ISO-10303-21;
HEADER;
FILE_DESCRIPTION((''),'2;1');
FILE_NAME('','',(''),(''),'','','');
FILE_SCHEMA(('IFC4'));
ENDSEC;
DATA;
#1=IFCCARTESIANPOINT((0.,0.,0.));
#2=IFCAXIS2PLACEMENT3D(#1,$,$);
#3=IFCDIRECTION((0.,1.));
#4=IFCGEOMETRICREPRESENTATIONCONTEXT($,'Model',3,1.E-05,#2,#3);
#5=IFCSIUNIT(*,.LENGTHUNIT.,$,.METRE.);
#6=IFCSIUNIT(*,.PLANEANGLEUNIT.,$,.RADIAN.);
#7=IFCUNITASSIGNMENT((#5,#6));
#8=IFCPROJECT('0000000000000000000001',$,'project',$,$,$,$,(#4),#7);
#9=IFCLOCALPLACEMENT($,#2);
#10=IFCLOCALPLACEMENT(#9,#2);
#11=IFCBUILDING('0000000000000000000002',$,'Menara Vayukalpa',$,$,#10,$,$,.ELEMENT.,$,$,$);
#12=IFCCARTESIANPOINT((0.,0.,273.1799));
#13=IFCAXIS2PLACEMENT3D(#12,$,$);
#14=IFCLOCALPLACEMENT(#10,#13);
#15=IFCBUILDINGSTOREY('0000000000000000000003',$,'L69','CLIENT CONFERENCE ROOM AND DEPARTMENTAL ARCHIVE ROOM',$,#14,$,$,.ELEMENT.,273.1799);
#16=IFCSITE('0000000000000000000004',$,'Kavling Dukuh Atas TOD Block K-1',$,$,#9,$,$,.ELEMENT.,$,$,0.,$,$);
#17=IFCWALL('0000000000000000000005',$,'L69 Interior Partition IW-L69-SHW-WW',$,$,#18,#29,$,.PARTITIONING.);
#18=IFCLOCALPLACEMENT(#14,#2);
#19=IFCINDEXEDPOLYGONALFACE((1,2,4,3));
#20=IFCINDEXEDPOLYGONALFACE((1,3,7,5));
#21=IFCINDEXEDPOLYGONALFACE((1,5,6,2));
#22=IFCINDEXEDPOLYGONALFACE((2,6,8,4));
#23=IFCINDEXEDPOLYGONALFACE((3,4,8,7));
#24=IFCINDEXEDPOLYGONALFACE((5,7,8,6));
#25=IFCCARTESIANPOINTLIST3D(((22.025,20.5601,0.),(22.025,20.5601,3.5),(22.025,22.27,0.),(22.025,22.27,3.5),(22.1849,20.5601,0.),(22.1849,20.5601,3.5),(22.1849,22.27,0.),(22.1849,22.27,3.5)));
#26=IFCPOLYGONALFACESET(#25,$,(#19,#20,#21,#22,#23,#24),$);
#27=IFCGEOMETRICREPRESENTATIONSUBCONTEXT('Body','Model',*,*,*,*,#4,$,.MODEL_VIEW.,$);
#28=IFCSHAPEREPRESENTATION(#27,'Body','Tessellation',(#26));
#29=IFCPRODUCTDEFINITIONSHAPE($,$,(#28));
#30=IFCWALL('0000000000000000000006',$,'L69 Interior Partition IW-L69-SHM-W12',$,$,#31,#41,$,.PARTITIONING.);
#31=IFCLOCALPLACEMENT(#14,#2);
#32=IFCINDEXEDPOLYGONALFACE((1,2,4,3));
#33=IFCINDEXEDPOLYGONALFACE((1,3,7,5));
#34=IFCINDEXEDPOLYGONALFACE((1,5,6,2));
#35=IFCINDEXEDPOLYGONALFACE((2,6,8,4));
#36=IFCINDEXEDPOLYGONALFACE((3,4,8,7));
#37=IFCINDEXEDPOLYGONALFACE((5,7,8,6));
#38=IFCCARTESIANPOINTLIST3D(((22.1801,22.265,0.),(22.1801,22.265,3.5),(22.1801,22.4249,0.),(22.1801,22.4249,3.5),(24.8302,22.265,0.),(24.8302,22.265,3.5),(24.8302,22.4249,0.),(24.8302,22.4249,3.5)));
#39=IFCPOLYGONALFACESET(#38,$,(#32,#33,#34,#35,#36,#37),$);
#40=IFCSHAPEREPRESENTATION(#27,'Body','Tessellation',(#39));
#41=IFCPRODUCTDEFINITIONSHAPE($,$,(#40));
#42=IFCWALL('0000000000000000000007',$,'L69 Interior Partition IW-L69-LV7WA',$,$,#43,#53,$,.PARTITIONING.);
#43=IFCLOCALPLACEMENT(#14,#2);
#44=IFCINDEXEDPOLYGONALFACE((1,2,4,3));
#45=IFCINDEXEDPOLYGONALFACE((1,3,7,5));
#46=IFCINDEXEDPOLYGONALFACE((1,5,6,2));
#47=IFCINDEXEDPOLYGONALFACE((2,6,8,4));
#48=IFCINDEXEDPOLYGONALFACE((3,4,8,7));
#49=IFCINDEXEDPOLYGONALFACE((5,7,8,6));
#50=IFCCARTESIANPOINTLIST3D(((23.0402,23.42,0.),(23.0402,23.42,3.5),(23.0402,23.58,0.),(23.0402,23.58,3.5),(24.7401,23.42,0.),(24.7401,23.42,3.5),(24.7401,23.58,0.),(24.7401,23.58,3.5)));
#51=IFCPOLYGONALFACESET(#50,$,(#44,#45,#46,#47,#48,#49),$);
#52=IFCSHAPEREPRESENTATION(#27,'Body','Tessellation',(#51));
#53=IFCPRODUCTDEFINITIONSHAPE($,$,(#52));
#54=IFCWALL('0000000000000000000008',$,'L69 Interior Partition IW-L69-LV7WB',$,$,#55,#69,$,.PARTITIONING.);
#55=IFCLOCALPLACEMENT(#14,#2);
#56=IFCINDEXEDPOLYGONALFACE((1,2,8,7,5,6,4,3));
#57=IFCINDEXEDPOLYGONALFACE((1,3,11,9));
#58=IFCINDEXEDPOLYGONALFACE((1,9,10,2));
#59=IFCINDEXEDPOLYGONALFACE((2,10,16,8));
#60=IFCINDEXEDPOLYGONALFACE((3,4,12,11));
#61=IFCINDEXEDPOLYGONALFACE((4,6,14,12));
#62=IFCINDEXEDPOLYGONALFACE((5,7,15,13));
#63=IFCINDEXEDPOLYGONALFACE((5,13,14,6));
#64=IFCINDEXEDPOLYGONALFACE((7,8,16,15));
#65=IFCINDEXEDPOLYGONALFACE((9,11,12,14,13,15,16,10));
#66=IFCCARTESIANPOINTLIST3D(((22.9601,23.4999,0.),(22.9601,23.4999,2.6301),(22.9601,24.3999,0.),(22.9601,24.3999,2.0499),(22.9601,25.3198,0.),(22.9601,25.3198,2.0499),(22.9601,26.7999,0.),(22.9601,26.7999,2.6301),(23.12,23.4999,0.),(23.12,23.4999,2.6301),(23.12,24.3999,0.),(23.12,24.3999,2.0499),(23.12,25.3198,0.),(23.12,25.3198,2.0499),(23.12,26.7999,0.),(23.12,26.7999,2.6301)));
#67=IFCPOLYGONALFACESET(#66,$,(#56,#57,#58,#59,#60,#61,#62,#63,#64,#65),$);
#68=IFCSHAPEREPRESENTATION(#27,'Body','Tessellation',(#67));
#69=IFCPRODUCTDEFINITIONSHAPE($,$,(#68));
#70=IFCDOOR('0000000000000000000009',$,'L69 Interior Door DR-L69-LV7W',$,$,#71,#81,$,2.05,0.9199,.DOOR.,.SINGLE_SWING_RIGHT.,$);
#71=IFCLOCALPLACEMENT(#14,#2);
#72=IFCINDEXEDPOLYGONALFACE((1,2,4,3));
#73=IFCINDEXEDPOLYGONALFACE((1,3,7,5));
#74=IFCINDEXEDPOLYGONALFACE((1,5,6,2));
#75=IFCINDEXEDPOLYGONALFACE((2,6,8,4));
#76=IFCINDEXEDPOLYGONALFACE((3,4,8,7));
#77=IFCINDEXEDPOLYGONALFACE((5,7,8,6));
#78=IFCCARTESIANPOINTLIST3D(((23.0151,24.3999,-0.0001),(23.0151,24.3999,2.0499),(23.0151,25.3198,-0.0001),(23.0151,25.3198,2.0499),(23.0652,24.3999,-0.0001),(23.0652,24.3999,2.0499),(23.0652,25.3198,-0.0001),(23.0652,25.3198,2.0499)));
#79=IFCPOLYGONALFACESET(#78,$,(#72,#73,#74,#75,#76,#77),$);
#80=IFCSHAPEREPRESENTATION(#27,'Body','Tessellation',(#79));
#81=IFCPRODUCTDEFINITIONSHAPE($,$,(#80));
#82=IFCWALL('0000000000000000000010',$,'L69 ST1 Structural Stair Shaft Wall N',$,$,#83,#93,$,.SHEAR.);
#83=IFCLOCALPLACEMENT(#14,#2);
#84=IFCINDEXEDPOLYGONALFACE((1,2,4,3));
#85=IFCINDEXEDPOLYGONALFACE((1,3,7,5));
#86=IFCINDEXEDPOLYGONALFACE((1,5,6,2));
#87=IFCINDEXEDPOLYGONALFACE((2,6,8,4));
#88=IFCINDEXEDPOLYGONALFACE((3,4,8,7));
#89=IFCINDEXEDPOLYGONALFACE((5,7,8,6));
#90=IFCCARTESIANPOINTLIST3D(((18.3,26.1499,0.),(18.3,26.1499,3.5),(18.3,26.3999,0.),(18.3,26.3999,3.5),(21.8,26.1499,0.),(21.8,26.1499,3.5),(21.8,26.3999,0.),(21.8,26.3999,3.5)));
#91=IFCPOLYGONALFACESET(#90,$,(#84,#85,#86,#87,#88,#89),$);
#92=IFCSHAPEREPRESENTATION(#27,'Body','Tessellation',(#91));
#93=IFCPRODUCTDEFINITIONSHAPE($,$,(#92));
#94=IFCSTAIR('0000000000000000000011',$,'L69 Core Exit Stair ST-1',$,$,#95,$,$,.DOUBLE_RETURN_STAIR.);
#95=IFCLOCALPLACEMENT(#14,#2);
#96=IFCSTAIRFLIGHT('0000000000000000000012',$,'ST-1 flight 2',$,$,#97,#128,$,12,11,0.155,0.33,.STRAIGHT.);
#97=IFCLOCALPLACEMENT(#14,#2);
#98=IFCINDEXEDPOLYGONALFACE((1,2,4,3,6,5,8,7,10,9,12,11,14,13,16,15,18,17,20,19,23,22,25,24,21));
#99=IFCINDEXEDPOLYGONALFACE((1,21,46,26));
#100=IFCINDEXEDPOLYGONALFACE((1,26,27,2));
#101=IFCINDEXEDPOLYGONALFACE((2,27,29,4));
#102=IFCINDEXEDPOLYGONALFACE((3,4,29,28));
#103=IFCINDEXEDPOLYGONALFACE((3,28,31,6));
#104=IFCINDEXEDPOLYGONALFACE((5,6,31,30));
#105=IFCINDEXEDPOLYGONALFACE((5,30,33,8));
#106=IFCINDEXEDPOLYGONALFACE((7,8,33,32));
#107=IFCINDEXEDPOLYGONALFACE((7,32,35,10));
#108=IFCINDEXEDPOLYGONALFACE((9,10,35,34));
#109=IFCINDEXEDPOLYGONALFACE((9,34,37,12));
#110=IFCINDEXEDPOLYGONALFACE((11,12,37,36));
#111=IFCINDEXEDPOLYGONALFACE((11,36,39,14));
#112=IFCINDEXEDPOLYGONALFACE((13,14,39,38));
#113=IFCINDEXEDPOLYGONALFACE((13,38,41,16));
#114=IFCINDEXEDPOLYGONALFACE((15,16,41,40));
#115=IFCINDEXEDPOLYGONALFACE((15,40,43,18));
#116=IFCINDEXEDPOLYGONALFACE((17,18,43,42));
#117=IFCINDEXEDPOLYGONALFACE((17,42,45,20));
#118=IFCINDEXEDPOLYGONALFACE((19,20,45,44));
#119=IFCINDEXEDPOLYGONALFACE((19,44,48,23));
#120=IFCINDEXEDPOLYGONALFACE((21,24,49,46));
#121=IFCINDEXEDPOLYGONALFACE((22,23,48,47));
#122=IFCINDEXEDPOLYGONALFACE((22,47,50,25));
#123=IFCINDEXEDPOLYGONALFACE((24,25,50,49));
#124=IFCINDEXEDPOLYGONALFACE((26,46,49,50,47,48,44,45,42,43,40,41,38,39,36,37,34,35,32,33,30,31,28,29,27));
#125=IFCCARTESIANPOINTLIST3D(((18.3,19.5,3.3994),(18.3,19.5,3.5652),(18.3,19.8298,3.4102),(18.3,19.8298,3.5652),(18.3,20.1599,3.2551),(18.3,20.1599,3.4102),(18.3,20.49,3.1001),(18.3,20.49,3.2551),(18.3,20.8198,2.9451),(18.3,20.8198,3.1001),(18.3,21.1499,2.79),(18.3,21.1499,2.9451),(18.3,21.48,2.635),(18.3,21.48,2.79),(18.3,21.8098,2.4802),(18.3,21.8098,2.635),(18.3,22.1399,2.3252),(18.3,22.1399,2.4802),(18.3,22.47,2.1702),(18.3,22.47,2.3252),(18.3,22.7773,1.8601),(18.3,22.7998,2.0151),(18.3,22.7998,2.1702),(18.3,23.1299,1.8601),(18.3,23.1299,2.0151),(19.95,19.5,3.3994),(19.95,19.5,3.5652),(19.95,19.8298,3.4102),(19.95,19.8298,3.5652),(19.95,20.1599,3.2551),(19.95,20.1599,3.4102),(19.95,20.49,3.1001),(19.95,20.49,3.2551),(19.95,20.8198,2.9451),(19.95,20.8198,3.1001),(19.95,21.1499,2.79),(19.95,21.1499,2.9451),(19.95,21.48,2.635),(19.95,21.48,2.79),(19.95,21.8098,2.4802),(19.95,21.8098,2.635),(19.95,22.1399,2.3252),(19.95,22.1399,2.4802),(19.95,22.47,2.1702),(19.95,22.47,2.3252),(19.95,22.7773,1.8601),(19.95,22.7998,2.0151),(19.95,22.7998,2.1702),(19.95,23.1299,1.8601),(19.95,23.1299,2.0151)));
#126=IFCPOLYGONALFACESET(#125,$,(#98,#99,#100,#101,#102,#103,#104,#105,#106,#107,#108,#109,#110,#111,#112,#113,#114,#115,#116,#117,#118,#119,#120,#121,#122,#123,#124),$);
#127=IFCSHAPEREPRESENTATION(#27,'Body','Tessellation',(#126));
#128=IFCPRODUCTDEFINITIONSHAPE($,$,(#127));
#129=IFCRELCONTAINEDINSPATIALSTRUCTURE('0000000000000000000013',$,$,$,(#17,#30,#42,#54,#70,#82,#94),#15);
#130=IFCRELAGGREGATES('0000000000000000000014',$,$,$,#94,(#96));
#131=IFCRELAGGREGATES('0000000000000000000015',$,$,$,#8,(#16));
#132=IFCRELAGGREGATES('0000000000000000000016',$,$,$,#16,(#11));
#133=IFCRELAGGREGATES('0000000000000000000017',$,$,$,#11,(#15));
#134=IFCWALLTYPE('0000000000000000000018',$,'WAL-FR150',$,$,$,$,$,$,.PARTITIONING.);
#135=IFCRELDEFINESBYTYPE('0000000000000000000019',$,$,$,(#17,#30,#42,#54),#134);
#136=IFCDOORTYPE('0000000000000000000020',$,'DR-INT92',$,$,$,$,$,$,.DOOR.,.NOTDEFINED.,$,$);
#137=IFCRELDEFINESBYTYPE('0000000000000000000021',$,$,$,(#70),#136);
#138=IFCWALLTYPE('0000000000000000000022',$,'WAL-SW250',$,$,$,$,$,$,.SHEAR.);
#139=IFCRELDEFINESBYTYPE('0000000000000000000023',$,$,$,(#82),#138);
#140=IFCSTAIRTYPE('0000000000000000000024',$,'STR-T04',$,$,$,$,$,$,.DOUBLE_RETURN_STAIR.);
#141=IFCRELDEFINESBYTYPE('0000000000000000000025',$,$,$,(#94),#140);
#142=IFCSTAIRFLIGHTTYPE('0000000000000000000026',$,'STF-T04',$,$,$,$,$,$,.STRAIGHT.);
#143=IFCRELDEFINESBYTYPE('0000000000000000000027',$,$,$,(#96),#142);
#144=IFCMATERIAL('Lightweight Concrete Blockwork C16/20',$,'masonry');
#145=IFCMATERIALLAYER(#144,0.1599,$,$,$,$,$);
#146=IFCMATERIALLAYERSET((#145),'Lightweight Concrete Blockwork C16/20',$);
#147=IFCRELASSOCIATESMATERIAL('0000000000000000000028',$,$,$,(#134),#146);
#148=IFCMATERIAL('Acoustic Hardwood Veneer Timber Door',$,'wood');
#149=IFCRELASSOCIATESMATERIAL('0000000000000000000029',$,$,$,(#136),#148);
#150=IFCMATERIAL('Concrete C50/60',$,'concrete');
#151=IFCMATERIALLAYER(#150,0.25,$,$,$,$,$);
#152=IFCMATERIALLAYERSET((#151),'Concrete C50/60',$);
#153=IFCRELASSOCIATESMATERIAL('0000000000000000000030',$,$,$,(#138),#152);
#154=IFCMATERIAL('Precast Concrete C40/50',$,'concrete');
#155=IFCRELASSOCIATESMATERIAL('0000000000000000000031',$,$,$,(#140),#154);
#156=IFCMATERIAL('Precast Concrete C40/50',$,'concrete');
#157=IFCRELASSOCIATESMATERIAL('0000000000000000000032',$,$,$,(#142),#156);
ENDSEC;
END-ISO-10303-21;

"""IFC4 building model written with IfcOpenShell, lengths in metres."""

from ifc_helpers import new_model, si_unit, direction, frame, frame_2d, origin, place, context, subcontext, project, spatial, polyline, rectangle, outline, extrude, material, layer, layer_set, type_object, element, fill, aggregate, save


model = new_model("IFC4")

# Units and contexts
model_context = context("Model", 3, precision=1e-05, world=origin(), true_north=direction((0.0, 1.0)))
body_context = subcontext(model_context, "Body", "Model", "MODEL_VIEW")
ifc_project = project(units=[si_unit("LENGTHUNIT", "METRE"), si_unit("PLANEANGLEUNIT", "RADIAN")], contexts=[model_context])

# Site, building, storey
site_placement = place(None, origin())
site = spatial("IfcSite", under=ifc_project, at=site_placement, Name="Kavling Dukuh Atas TOD Block K-1", CompositionType="ELEMENT", RefElevation=0.0)
building_placement = place(site_placement, origin())
building = spatial("IfcBuilding", under=site, at=building_placement, Name="Menara Vayukalpa", CompositionType="ELEMENT")
storey_placement = place(building_placement, frame((0.0, 0.0, 273.1799)))
storey = spatial("IfcBuildingStorey", under=building, at=storey_placement, Name="L69", Description="CLIENT CONFERENCE ROOM AND DEPARTMENTAL ARCHIVE ROOM", CompositionType="ELEMENT", Elevation=273.1799)

# Walls
ifc_material_1 = material(Name="Lightweight Concrete Blockwork C16/20", Category="masonry")
ifc_layer_1 = layer(ifc_material_1, 0.1599)
ifc_layer_set_1 = layer_set([ifc_layer_1], Name="Lightweight Concrete Blockwork C16/20")
wall_type_1 = type_object("IfcWallType", Name="WAL-FR150", PredefinedType="PARTITIONING", material=ifc_layer_set_1)
wall_1_placement = place(storey_placement, frame((22.105, 20.5601, 0.0), z_axis=(0.0, 0.0, 1.0), x_axis=(0.0, 1.0, 0.0)))
element("IfcWall", 1, at=wall_1_placement, inside=storey, type_object=wall_type_1, Name="L69 Interior Partition IW-L69-SHW-WW", PredefinedType="PARTITIONING", context=body_context, shape_type="SweptSolid", body=[
    extrude(rectangle(XDim=1.71, YDim=0.1599, at=frame_2d((0.855, 0.0))), origin(), (0.0, 0.0, 1.0), 3.5),
])
wall_2_placement = place(storey_placement, frame((22.1799, 22.345, 0.0), z_axis=(0.0, 0.0, 1.0), x_axis=(1.0, 0.0, 0.0)))
element("IfcWall", 2, at=wall_2_placement, inside=storey, type_object=wall_type_1, Name="L69 Interior Partition IW-L69-SHM-W12", PredefinedType="PARTITIONING", context=body_context, shape_type="SweptSolid", body=[
    extrude(rectangle(XDim=2.6501, YDim=0.1599, at=frame_2d((1.3252, 0.0))), origin(), (0.0, 0.0, 1.0), 3.5),
])
wall_3_placement = place(storey_placement, frame((23.04, 23.5, 0.0), z_axis=(0.0, 0.0, 1.0), x_axis=(1.0, 0.0, 0.0)))
element("IfcWall", 3, at=wall_3_placement, inside=storey, type_object=wall_type_1, Name="L69 Interior Partition IW-L69-LV7WA", PredefinedType="PARTITIONING", context=body_context, shape_type="SweptSolid", body=[
    extrude(rectangle(XDim=1.7, YDim=0.1599, at=frame_2d((0.8501, 0.0))), origin(), (0.0, 0.0, 1.0), 3.5),
])

# Wall, opening, door
wall_4_placement = place(storey_placement, frame((23.04, 23.5, 0.0), z_axis=(0.0, 0.0, 1.0), x_axis=(0.0, 1.0, 0.0)))
wall_4 = element("IfcWall", 4, at=wall_4_placement, inside=storey, type_object=wall_type_1, Name="L69 Interior Partition IW-L69-LV7WB", PredefinedType="PARTITIONING", context=body_context, shape_type="SweptSolid", body=[
    extrude(rectangle(XDim=3.3, YDim=0.1599, at=frame_2d((1.6499, 0.0))), origin(), (0.0, 0.0, 1.0), 2.6301),
])
opening_placement = place(wall_4_placement, frame((0.8999, 0.0, 0.0)))
opening = element("IfcOpeningElement", 5, at=opening_placement, cuts=wall_4, PredefinedType="OPENING", context=body_context, shape_type="SweptSolid", body=[
    extrude(rectangle(XDim=0.9199, YDim=2.05, at=frame_2d((0.46, 1.0249))), frame((0.0, 0.0898, 0.0), z_axis=(0.0, -1.0, 0.0), x_axis=(1.0, 0.0, 0.0)), (0.0, 0.0, 1.0), 0.1799),
])
ifc_material_2 = material(Name="Acoustic Hardwood Veneer Timber Door", Category="wood")
door_type = type_object("IfcDoorType", Name="DR-INT92", OperationType="NOTDEFINED", PredefinedType="DOOR", material=ifc_material_2)
door_placement = place(opening_placement, origin())
door = element("IfcDoor", 6, at=door_placement, inside=storey, type_object=door_type, Name="L69 Interior Door DR-L69-LV7W", OperationType="SINGLE_SWING_RIGHT", OverallHeight=2.05, OverallWidth=0.9199, PredefinedType="DOOR", context=body_context, shape_type="SweptSolid", body=[
    extrude(rectangle(XDim=0.9199, YDim=2.05, at=frame_2d((0.46, 1.0249))), frame((0.0, 0.0249, 0.0), z_axis=(0.0, -1.0, 0.0), x_axis=(1.0, 0.0, 0.0)), (0.0, 0.0, 1.0), 0.05),
])
fill(opening, door)

# Wall
ifc_material_3 = material(Name="Concrete C50/60", Category="concrete")
ifc_layer_2 = layer(ifc_material_3, 0.25)
ifc_layer_set_2 = layer_set([ifc_layer_2], Name="Concrete C50/60")
wall_type_2 = type_object("IfcWallType", Name="WAL-SW250", PredefinedType="SHEAR", material=ifc_layer_set_2)
wall_5_placement = place(storey_placement, frame((18.3, 26.2749, 0.0), z_axis=(0.0, 0.0, 1.0), x_axis=(1.0, 0.0, 0.0)))
element("IfcWall", 7, at=wall_5_placement, inside=storey, type_object=wall_type_2, Name="L69 ST1 Structural Stair Shaft Wall N", PredefinedType="SHEAR", context=body_context, shape_type="SweptSolid", body=[
    extrude(rectangle(XDim=3.5, YDim=0.25, at=frame_2d((1.75, 0.0))), origin(), (0.0, 0.0, 1.0), 3.5),
])

# Stair, stair flight
ifc_material_4 = material(Name="Precast Concrete C40/50", Category="concrete")
stair_type = type_object("IfcStairType", Name="STR-T04", PredefinedType="DOUBLE_RETURN_STAIR", material=ifc_material_4)
stair_placement = place(storey_placement, origin())
stair = element("IfcStair", 8, at=stair_placement, inside=storey, type_object=stair_type, Name="L69 Core Exit Stair ST-1", PredefinedType="DOUBLE_RETURN_STAIR")
ifc_material_5 = material(Name="Precast Concrete C40/50", Category="concrete")
stair_flight_type = type_object("IfcStairFlightType", Name="STF-T04", PredefinedType="STRAIGHT", material=ifc_material_5)
stair_flight_placement = place(storey_placement, frame((19.125, 23.1299, 1.8601), z_axis=(0.0, 0.0, 1.0), x_axis=(0.0, -1.0, 0.0)))
stair_flight = element("IfcStairFlight", 9, at=stair_flight_placement, type_object=stair_flight_type, Name="ST-1 flight 2", NumberOfRisers=12, NumberOfTreads=11, PredefinedType="STRAIGHT", RiserHeight=0.155, TreadLength=0.33, context=body_context, shape_type="SweptSolid", body=[
    extrude(outline(polyline([(0.0, 0.0), (0.0, 0.155), (0.3301, 0.155), (0.3301, 0.3101), (0.6599, 0.3101), (0.6599, 0.4651), (0.99, 0.4651), (0.99, 0.6201), (1.3201, 0.6201), (1.3201, 0.7749), (1.6499, 0.7749), (1.6499, 0.9299), (1.98, 0.9299), (1.98, 1.085), (2.3101, 1.085), (2.3101, 1.24), (2.6399, 1.24), (2.6399, 1.395), (2.97, 1.395), (2.97, 1.55), (3.3, 1.55), (3.3, 1.7051), (3.6299, 1.7051), (3.6299, 1.8601), (3.6299, 1.5393), (0.3525, 0.0), (0.0, 0.0)])), frame((0.0, 0.825, 0.0), z_axis=(0.0, -1.0, 0.0), x_axis=(1.0, 0.0, 0.0)), (0.0, 0.0, 1.0), 1.6499),
])
aggregate(stair, [stair_flight])

save(model, "model.ifc")
